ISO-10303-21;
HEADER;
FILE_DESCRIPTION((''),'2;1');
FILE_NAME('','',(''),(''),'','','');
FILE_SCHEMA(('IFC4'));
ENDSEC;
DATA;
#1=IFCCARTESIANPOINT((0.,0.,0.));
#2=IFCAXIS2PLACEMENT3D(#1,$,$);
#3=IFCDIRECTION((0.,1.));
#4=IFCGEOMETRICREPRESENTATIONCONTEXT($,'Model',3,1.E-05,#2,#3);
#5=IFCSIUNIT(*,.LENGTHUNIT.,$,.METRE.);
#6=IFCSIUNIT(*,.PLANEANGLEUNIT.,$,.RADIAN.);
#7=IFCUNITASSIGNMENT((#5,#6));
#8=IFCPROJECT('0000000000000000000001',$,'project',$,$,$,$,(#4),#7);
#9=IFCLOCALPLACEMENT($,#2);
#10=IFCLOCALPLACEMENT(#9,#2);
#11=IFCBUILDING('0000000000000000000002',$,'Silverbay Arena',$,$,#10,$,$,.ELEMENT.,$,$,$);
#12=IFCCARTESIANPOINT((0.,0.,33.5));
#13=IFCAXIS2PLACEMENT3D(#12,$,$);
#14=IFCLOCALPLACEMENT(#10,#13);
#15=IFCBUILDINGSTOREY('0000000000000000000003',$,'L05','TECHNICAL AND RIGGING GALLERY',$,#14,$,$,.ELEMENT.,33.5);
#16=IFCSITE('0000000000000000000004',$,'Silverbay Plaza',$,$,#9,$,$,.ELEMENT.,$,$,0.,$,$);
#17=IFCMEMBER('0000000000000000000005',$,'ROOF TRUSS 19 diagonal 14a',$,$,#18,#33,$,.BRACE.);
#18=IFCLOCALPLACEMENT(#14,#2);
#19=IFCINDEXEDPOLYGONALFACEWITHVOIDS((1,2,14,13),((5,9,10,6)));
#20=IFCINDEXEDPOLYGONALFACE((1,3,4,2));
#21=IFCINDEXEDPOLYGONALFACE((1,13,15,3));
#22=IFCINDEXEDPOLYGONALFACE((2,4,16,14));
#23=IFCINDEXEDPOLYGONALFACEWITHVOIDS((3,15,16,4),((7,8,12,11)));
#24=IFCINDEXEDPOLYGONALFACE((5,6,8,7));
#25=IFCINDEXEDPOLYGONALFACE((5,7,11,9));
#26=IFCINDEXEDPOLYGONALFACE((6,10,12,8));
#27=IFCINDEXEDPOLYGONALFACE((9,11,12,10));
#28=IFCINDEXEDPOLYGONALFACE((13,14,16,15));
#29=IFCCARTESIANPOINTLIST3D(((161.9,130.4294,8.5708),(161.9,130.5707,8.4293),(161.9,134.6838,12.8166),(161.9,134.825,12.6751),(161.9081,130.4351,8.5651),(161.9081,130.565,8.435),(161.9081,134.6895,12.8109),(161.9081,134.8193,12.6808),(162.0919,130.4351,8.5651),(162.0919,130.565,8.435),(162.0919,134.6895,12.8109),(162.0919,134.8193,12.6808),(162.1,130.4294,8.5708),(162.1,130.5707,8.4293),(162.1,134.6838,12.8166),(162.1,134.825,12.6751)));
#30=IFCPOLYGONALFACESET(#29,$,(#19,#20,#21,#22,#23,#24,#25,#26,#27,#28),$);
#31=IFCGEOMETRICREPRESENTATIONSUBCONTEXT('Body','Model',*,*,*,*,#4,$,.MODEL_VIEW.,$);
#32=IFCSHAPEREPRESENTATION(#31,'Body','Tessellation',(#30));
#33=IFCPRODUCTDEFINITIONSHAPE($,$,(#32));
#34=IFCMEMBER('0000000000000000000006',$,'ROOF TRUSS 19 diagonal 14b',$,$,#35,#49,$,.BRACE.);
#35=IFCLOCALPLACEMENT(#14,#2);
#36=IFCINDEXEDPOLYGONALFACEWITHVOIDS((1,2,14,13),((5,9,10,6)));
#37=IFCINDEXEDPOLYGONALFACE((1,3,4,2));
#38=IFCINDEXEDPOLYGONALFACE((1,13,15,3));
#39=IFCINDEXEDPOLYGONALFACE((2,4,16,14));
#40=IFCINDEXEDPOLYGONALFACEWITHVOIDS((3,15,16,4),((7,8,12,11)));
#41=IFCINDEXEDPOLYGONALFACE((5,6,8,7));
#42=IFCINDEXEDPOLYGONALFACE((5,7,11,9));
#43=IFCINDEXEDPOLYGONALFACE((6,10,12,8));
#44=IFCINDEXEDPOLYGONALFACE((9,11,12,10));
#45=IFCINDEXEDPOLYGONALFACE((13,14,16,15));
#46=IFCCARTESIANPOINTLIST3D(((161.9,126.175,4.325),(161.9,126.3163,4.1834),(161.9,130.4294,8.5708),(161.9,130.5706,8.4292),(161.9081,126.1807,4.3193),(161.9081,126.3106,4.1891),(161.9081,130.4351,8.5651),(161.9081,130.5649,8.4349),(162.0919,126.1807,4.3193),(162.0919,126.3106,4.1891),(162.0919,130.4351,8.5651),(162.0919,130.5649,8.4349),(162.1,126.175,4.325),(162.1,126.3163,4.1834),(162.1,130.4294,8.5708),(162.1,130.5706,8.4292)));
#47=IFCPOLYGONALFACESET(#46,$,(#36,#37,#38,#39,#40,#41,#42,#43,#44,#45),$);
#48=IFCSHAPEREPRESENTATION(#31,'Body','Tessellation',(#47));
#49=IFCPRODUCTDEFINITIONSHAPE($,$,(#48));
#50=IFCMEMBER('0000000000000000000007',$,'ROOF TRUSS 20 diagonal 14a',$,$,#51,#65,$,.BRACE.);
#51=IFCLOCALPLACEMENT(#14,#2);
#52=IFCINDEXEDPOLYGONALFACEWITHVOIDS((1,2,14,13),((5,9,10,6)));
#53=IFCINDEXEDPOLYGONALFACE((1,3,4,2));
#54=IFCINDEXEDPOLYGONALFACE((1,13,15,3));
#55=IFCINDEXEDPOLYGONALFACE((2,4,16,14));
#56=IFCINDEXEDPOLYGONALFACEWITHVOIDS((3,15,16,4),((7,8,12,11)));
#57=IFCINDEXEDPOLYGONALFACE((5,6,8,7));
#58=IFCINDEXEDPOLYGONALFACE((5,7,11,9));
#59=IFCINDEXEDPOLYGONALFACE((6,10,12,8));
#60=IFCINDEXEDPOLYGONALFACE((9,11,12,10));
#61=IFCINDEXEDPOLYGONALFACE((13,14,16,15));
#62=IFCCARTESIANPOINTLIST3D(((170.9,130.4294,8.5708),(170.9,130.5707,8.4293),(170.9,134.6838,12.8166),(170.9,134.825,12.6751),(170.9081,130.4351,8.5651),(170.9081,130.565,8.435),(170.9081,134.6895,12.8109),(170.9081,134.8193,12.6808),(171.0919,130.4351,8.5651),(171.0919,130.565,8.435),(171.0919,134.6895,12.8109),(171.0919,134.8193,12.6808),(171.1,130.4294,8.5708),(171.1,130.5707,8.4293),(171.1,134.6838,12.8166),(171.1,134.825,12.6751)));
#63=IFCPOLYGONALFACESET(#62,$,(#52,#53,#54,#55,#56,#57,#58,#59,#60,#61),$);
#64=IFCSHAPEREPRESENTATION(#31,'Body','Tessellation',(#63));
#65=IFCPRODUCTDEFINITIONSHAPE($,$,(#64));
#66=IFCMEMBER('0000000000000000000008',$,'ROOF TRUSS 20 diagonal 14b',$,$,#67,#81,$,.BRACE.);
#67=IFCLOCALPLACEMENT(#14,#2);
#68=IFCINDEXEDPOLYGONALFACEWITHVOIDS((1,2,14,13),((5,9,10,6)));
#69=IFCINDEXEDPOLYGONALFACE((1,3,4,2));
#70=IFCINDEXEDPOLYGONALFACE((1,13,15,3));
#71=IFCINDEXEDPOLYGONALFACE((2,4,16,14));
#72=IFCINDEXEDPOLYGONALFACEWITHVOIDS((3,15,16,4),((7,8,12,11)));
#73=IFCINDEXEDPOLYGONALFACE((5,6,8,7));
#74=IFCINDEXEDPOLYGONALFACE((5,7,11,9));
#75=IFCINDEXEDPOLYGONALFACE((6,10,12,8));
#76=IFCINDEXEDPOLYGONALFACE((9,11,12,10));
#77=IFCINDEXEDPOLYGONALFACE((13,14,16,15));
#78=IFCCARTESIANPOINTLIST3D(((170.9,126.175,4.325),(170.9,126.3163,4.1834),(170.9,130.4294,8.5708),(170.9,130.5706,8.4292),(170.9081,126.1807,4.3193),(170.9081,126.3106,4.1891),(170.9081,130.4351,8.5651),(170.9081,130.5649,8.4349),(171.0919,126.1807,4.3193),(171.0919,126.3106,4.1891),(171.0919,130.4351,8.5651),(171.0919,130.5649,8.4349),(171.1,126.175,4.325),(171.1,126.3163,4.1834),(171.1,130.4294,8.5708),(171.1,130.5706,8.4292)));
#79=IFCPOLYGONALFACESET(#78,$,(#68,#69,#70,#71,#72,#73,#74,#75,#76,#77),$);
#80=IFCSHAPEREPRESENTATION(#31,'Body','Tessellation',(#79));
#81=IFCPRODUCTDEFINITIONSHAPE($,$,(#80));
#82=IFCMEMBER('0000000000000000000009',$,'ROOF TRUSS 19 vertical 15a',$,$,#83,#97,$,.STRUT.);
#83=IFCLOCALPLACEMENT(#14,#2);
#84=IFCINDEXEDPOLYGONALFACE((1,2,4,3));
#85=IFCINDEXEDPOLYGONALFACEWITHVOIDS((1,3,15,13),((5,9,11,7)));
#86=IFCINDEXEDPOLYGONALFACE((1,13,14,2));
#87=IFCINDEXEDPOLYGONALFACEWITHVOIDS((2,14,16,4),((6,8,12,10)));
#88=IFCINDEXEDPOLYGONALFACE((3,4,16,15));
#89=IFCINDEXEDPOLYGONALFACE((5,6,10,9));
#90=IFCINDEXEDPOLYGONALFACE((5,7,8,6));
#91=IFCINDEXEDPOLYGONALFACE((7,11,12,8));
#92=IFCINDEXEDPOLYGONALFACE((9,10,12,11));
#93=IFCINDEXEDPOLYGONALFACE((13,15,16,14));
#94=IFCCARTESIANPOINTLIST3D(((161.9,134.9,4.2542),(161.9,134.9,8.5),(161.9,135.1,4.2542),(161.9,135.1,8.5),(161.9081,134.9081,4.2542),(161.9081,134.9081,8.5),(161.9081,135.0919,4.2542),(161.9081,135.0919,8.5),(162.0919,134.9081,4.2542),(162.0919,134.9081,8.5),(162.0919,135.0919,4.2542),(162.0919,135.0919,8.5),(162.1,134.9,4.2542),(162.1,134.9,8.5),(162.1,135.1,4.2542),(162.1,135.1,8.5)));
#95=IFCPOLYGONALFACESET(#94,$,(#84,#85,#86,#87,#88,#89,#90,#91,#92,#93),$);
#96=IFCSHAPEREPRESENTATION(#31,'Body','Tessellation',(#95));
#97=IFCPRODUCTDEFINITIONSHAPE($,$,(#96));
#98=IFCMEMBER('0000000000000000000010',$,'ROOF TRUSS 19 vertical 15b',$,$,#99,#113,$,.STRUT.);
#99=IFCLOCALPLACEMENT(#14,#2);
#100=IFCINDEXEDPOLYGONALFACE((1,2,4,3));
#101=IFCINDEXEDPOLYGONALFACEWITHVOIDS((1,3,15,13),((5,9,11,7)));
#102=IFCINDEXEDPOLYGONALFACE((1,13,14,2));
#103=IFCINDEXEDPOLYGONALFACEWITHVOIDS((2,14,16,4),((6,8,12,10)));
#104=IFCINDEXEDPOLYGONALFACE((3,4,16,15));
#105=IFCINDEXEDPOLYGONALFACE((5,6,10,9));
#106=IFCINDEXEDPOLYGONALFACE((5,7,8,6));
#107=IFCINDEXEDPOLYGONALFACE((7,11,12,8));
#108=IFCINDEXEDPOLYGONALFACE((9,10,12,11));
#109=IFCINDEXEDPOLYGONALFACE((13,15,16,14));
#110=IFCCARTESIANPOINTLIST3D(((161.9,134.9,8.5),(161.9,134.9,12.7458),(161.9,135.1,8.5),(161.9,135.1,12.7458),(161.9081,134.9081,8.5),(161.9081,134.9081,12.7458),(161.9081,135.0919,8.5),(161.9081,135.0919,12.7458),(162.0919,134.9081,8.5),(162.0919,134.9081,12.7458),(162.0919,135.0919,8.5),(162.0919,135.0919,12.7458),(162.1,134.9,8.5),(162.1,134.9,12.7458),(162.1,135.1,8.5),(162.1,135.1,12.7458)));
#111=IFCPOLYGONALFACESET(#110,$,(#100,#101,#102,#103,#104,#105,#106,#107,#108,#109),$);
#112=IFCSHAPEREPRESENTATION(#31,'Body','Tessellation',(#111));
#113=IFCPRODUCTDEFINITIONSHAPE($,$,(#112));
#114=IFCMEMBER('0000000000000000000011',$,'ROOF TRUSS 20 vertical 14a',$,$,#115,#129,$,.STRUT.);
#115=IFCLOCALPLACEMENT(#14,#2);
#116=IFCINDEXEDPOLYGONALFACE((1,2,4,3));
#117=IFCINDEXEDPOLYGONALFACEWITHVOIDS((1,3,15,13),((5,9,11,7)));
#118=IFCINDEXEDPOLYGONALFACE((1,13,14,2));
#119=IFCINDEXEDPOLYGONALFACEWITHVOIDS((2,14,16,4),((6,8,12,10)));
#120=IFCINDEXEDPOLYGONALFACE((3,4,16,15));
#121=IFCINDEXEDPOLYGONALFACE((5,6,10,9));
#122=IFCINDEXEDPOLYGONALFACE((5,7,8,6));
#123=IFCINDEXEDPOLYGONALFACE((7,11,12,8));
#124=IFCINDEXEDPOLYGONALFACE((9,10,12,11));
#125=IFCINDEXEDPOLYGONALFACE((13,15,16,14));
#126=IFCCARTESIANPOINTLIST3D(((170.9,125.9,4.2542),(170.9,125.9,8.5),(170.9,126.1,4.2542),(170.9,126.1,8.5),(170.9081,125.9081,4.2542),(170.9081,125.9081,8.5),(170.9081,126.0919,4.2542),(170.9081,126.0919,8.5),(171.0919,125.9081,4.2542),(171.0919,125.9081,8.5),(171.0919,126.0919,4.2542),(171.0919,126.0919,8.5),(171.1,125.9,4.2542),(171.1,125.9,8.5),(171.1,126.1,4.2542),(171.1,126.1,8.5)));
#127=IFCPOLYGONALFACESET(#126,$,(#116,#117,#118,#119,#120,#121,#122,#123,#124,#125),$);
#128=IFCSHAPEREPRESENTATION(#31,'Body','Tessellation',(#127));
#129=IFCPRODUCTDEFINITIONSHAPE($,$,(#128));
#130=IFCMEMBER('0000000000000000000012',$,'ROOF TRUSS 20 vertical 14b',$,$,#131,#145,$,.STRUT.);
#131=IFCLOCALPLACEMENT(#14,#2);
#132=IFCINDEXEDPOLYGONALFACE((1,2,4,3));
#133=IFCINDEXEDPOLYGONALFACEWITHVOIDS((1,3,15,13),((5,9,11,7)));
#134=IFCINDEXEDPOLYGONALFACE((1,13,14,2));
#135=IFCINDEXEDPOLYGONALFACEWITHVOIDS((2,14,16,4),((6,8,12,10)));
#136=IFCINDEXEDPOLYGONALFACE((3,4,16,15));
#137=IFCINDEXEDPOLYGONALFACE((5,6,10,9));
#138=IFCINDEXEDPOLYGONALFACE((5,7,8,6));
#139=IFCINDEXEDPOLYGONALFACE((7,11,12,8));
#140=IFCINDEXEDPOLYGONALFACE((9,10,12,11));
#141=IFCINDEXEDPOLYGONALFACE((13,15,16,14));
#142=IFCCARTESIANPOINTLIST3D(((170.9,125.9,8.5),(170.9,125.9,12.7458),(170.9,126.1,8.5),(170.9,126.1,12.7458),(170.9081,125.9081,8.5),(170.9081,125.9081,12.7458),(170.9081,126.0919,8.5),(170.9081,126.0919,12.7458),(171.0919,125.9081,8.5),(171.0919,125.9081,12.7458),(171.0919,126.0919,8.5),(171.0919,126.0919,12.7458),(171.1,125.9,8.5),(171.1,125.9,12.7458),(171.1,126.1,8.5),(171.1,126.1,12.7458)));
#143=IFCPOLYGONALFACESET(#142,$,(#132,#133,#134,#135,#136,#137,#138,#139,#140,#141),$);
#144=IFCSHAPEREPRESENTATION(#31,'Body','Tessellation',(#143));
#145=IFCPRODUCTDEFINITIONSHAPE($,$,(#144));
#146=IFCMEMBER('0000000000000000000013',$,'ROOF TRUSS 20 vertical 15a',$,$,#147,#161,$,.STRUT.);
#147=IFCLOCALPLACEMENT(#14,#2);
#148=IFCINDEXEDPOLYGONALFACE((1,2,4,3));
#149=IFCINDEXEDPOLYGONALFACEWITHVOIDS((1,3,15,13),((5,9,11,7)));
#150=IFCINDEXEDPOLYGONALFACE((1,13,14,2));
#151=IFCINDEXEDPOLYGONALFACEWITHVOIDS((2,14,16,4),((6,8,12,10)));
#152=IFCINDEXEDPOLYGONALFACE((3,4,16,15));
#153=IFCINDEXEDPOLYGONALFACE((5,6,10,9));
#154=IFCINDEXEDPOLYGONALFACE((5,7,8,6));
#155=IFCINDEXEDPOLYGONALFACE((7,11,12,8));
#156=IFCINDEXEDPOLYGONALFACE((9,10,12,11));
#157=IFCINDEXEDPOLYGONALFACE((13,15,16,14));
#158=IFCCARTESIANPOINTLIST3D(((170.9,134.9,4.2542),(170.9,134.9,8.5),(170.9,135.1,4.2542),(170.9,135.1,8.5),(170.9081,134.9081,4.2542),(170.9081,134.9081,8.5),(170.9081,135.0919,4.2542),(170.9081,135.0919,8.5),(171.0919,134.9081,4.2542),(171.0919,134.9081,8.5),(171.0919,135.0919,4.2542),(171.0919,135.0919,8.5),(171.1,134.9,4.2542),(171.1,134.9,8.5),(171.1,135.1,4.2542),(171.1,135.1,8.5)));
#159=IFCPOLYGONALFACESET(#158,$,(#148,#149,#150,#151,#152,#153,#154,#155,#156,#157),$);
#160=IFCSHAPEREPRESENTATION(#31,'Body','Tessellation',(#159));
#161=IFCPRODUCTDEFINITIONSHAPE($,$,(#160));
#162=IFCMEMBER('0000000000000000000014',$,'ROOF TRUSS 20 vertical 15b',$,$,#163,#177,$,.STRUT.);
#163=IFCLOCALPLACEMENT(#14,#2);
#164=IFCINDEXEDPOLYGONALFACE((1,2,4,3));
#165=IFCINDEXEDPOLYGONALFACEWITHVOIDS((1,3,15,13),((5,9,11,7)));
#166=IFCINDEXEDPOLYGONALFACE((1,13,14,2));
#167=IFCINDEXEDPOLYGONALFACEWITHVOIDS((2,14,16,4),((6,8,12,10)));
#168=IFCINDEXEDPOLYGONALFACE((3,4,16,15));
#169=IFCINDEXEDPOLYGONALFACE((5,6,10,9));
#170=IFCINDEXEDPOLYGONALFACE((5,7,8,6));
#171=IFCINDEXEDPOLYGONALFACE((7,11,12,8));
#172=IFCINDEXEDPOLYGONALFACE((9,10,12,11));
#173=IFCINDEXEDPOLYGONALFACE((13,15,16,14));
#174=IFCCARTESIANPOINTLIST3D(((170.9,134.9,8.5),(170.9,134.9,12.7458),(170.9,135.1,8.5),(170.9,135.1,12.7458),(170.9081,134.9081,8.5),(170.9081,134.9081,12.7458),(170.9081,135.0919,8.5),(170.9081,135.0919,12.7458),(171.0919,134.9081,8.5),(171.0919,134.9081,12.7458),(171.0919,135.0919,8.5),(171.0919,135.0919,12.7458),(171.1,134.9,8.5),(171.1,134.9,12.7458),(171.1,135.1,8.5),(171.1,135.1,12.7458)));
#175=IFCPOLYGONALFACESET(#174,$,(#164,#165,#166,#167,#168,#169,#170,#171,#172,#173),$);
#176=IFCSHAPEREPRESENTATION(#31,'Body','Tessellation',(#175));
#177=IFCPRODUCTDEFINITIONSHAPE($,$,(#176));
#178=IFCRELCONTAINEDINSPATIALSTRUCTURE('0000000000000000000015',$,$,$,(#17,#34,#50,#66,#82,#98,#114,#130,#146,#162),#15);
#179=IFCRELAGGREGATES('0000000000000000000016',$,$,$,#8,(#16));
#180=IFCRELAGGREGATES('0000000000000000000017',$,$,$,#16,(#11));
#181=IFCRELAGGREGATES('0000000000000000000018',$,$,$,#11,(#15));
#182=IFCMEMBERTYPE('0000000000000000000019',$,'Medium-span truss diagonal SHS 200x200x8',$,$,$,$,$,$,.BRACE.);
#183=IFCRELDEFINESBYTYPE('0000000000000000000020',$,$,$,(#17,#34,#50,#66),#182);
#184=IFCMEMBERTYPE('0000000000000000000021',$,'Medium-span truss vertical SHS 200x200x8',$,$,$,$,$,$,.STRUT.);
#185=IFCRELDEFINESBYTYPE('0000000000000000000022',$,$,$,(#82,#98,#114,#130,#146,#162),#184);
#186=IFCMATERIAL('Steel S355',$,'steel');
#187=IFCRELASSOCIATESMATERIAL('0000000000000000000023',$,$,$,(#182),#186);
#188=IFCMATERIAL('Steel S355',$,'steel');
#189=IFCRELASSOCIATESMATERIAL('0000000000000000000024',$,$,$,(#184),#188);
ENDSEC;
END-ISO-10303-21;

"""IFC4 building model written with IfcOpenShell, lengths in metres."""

from ifc_helpers import new_model, si_unit, direction, frame, origin, origin_2d, place, context, subcontext, project, spatial, hollow_rectangle, extrude, material, material_profile, profile_set, type_object, element, save


model = new_model("IFC4")

# Units and contexts
model_context = context("Model", 3, precision=1e-05, world=origin(), true_north=direction((0.0, 1.0)))
body_context = subcontext(model_context, "Body", "Model", "MODEL_VIEW")
ifc_project = project(units=[si_unit("LENGTHUNIT", "METRE"), si_unit("PLANEANGLEUNIT", "RADIAN")], contexts=[model_context])

# Site, building, storey
site_placement = place(None, origin())
site = spatial("IfcSite", under=ifc_project, at=site_placement, Name="Silverbay Plaza", CompositionType="ELEMENT", RefElevation=0.0)
building_placement = place(site_placement, origin())
building = spatial("IfcBuilding", under=site, at=building_placement, Name="Silverbay Arena", CompositionType="ELEMENT")
storey_placement = place(building_placement, frame((0.0, 0.0, 33.5)))
storey = spatial("IfcBuildingStorey", under=building, at=storey_placement, Name="L05", Description="TECHNICAL AND RIGGING GALLERY", CompositionType="ELEMENT", Elevation=33.5)

# Members
ifc_material_1 = material(Name="Steel S355", Category="steel")
ifc_material_profile_1 = material_profile(ifc_material_1, hollow_rectangle(XDim=0.2, YDim=0.2, WallThickness=0.0081, at=origin_2d()), Name="SHS 200x200x8")
ifc_profile_set_1 = profile_set([ifc_material_profile_1], Name="Steel S355")
member_type_1 = type_object("IfcMemberType", Name="Medium-span truss diagonal SHS 200x200x8", PredefinedType="BRACE", material=ifc_profile_set_1)
for number, where, z_axis, x_axis, name in (
    (1, (162.0, 134.7544, 12.7458), (0.0, -0.707817, -0.706396), (1.0, 0.0, 0.0), "ROOF TRUSS 19 diagonal 14a"),
    (2, (162.0, 130.5, 8.5), (0.0, -0.707817, -0.706396), (1.0, 0.0, 0.0), "ROOF TRUSS 19 diagonal 14b"),
    (3, (171.0, 134.7544, 12.7458), (0.0, -0.707817, -0.706396), (1.0, 0.0, 0.0), "ROOF TRUSS 20 diagonal 14a"),
    (4, (171.0, 130.5, 8.5), (0.0, -0.707817, -0.706396), (1.0, 0.0, 0.0), "ROOF TRUSS 20 diagonal 14b"),
):
    element("IfcMember", number, at=place(storey_placement, frame(where, z_axis=z_axis, x_axis=x_axis)), inside=storey, type_object=member_type_1, Name=name, PredefinedType="BRACE", context=body_context, shape_type="SweptSolid", body=[
        extrude(hollow_rectangle(XDim=0.2, YDim=0.2, WallThickness=0.0081, at=origin_2d()), origin(), (0.0, 0.0, 1.0), 6.0105),
    ])
ifc_material_2 = material(Name="Steel S355", Category="steel")
ifc_material_profile_2 = material_profile(ifc_material_2, hollow_rectangle(XDim=0.2, YDim=0.2, WallThickness=0.0081, at=origin_2d()), Name="SHS 200x200x8")
ifc_profile_set_2 = profile_set([ifc_material_profile_2], Name="Steel S355")
member_type_2 = type_object("IfcMemberType", Name="Medium-span truss vertical SHS 200x200x8", PredefinedType="STRUT", material=ifc_profile_set_2)
for number, where, z_axis, x_axis, name in (
    (5, (162.0, 135.0, 4.2542), (0.0, 0.0, 1.0), (1.0, 0.0, 0.0), "ROOF TRUSS 19 vertical 15a"),
    (6, (162.0, 135.0, 8.5), (0.0, 0.0, 1.0), (1.0, 0.0, 0.0), "ROOF TRUSS 19 vertical 15b"),
    (7, (171.0, 126.0, 4.2542), (0.0, 0.0, 1.0), (1.0, 0.0, 0.0), "ROOF TRUSS 20 vertical 14a"),
    (8, (171.0, 126.0, 8.5), (0.0, 0.0, 1.0), (1.0, 0.0, 0.0), "ROOF TRUSS 20 vertical 14b"),
    (9, (171.0, 135.0, 4.2542), (0.0, 0.0, 1.0), (1.0, 0.0, 0.0), "ROOF TRUSS 20 vertical 15a"),
    (10, (171.0, 135.0, 8.5), (0.0, 0.0, 1.0), (1.0, 0.0, 0.0), "ROOF TRUSS 20 vertical 15b"),
):
    element("IfcMember", number, at=place(storey_placement, frame(where, z_axis=z_axis, x_axis=x_axis)), inside=storey, type_object=member_type_2, Name=name, PredefinedType="STRUT", context=body_context, shape_type="SweptSolid", body=[
        extrude(hollow_rectangle(XDim=0.2, YDim=0.2, WallThickness=0.0081, at=origin_2d()), origin(), (0.0, 0.0, 1.0), 4.2458),
    ])

save(model, "model.ifc")
